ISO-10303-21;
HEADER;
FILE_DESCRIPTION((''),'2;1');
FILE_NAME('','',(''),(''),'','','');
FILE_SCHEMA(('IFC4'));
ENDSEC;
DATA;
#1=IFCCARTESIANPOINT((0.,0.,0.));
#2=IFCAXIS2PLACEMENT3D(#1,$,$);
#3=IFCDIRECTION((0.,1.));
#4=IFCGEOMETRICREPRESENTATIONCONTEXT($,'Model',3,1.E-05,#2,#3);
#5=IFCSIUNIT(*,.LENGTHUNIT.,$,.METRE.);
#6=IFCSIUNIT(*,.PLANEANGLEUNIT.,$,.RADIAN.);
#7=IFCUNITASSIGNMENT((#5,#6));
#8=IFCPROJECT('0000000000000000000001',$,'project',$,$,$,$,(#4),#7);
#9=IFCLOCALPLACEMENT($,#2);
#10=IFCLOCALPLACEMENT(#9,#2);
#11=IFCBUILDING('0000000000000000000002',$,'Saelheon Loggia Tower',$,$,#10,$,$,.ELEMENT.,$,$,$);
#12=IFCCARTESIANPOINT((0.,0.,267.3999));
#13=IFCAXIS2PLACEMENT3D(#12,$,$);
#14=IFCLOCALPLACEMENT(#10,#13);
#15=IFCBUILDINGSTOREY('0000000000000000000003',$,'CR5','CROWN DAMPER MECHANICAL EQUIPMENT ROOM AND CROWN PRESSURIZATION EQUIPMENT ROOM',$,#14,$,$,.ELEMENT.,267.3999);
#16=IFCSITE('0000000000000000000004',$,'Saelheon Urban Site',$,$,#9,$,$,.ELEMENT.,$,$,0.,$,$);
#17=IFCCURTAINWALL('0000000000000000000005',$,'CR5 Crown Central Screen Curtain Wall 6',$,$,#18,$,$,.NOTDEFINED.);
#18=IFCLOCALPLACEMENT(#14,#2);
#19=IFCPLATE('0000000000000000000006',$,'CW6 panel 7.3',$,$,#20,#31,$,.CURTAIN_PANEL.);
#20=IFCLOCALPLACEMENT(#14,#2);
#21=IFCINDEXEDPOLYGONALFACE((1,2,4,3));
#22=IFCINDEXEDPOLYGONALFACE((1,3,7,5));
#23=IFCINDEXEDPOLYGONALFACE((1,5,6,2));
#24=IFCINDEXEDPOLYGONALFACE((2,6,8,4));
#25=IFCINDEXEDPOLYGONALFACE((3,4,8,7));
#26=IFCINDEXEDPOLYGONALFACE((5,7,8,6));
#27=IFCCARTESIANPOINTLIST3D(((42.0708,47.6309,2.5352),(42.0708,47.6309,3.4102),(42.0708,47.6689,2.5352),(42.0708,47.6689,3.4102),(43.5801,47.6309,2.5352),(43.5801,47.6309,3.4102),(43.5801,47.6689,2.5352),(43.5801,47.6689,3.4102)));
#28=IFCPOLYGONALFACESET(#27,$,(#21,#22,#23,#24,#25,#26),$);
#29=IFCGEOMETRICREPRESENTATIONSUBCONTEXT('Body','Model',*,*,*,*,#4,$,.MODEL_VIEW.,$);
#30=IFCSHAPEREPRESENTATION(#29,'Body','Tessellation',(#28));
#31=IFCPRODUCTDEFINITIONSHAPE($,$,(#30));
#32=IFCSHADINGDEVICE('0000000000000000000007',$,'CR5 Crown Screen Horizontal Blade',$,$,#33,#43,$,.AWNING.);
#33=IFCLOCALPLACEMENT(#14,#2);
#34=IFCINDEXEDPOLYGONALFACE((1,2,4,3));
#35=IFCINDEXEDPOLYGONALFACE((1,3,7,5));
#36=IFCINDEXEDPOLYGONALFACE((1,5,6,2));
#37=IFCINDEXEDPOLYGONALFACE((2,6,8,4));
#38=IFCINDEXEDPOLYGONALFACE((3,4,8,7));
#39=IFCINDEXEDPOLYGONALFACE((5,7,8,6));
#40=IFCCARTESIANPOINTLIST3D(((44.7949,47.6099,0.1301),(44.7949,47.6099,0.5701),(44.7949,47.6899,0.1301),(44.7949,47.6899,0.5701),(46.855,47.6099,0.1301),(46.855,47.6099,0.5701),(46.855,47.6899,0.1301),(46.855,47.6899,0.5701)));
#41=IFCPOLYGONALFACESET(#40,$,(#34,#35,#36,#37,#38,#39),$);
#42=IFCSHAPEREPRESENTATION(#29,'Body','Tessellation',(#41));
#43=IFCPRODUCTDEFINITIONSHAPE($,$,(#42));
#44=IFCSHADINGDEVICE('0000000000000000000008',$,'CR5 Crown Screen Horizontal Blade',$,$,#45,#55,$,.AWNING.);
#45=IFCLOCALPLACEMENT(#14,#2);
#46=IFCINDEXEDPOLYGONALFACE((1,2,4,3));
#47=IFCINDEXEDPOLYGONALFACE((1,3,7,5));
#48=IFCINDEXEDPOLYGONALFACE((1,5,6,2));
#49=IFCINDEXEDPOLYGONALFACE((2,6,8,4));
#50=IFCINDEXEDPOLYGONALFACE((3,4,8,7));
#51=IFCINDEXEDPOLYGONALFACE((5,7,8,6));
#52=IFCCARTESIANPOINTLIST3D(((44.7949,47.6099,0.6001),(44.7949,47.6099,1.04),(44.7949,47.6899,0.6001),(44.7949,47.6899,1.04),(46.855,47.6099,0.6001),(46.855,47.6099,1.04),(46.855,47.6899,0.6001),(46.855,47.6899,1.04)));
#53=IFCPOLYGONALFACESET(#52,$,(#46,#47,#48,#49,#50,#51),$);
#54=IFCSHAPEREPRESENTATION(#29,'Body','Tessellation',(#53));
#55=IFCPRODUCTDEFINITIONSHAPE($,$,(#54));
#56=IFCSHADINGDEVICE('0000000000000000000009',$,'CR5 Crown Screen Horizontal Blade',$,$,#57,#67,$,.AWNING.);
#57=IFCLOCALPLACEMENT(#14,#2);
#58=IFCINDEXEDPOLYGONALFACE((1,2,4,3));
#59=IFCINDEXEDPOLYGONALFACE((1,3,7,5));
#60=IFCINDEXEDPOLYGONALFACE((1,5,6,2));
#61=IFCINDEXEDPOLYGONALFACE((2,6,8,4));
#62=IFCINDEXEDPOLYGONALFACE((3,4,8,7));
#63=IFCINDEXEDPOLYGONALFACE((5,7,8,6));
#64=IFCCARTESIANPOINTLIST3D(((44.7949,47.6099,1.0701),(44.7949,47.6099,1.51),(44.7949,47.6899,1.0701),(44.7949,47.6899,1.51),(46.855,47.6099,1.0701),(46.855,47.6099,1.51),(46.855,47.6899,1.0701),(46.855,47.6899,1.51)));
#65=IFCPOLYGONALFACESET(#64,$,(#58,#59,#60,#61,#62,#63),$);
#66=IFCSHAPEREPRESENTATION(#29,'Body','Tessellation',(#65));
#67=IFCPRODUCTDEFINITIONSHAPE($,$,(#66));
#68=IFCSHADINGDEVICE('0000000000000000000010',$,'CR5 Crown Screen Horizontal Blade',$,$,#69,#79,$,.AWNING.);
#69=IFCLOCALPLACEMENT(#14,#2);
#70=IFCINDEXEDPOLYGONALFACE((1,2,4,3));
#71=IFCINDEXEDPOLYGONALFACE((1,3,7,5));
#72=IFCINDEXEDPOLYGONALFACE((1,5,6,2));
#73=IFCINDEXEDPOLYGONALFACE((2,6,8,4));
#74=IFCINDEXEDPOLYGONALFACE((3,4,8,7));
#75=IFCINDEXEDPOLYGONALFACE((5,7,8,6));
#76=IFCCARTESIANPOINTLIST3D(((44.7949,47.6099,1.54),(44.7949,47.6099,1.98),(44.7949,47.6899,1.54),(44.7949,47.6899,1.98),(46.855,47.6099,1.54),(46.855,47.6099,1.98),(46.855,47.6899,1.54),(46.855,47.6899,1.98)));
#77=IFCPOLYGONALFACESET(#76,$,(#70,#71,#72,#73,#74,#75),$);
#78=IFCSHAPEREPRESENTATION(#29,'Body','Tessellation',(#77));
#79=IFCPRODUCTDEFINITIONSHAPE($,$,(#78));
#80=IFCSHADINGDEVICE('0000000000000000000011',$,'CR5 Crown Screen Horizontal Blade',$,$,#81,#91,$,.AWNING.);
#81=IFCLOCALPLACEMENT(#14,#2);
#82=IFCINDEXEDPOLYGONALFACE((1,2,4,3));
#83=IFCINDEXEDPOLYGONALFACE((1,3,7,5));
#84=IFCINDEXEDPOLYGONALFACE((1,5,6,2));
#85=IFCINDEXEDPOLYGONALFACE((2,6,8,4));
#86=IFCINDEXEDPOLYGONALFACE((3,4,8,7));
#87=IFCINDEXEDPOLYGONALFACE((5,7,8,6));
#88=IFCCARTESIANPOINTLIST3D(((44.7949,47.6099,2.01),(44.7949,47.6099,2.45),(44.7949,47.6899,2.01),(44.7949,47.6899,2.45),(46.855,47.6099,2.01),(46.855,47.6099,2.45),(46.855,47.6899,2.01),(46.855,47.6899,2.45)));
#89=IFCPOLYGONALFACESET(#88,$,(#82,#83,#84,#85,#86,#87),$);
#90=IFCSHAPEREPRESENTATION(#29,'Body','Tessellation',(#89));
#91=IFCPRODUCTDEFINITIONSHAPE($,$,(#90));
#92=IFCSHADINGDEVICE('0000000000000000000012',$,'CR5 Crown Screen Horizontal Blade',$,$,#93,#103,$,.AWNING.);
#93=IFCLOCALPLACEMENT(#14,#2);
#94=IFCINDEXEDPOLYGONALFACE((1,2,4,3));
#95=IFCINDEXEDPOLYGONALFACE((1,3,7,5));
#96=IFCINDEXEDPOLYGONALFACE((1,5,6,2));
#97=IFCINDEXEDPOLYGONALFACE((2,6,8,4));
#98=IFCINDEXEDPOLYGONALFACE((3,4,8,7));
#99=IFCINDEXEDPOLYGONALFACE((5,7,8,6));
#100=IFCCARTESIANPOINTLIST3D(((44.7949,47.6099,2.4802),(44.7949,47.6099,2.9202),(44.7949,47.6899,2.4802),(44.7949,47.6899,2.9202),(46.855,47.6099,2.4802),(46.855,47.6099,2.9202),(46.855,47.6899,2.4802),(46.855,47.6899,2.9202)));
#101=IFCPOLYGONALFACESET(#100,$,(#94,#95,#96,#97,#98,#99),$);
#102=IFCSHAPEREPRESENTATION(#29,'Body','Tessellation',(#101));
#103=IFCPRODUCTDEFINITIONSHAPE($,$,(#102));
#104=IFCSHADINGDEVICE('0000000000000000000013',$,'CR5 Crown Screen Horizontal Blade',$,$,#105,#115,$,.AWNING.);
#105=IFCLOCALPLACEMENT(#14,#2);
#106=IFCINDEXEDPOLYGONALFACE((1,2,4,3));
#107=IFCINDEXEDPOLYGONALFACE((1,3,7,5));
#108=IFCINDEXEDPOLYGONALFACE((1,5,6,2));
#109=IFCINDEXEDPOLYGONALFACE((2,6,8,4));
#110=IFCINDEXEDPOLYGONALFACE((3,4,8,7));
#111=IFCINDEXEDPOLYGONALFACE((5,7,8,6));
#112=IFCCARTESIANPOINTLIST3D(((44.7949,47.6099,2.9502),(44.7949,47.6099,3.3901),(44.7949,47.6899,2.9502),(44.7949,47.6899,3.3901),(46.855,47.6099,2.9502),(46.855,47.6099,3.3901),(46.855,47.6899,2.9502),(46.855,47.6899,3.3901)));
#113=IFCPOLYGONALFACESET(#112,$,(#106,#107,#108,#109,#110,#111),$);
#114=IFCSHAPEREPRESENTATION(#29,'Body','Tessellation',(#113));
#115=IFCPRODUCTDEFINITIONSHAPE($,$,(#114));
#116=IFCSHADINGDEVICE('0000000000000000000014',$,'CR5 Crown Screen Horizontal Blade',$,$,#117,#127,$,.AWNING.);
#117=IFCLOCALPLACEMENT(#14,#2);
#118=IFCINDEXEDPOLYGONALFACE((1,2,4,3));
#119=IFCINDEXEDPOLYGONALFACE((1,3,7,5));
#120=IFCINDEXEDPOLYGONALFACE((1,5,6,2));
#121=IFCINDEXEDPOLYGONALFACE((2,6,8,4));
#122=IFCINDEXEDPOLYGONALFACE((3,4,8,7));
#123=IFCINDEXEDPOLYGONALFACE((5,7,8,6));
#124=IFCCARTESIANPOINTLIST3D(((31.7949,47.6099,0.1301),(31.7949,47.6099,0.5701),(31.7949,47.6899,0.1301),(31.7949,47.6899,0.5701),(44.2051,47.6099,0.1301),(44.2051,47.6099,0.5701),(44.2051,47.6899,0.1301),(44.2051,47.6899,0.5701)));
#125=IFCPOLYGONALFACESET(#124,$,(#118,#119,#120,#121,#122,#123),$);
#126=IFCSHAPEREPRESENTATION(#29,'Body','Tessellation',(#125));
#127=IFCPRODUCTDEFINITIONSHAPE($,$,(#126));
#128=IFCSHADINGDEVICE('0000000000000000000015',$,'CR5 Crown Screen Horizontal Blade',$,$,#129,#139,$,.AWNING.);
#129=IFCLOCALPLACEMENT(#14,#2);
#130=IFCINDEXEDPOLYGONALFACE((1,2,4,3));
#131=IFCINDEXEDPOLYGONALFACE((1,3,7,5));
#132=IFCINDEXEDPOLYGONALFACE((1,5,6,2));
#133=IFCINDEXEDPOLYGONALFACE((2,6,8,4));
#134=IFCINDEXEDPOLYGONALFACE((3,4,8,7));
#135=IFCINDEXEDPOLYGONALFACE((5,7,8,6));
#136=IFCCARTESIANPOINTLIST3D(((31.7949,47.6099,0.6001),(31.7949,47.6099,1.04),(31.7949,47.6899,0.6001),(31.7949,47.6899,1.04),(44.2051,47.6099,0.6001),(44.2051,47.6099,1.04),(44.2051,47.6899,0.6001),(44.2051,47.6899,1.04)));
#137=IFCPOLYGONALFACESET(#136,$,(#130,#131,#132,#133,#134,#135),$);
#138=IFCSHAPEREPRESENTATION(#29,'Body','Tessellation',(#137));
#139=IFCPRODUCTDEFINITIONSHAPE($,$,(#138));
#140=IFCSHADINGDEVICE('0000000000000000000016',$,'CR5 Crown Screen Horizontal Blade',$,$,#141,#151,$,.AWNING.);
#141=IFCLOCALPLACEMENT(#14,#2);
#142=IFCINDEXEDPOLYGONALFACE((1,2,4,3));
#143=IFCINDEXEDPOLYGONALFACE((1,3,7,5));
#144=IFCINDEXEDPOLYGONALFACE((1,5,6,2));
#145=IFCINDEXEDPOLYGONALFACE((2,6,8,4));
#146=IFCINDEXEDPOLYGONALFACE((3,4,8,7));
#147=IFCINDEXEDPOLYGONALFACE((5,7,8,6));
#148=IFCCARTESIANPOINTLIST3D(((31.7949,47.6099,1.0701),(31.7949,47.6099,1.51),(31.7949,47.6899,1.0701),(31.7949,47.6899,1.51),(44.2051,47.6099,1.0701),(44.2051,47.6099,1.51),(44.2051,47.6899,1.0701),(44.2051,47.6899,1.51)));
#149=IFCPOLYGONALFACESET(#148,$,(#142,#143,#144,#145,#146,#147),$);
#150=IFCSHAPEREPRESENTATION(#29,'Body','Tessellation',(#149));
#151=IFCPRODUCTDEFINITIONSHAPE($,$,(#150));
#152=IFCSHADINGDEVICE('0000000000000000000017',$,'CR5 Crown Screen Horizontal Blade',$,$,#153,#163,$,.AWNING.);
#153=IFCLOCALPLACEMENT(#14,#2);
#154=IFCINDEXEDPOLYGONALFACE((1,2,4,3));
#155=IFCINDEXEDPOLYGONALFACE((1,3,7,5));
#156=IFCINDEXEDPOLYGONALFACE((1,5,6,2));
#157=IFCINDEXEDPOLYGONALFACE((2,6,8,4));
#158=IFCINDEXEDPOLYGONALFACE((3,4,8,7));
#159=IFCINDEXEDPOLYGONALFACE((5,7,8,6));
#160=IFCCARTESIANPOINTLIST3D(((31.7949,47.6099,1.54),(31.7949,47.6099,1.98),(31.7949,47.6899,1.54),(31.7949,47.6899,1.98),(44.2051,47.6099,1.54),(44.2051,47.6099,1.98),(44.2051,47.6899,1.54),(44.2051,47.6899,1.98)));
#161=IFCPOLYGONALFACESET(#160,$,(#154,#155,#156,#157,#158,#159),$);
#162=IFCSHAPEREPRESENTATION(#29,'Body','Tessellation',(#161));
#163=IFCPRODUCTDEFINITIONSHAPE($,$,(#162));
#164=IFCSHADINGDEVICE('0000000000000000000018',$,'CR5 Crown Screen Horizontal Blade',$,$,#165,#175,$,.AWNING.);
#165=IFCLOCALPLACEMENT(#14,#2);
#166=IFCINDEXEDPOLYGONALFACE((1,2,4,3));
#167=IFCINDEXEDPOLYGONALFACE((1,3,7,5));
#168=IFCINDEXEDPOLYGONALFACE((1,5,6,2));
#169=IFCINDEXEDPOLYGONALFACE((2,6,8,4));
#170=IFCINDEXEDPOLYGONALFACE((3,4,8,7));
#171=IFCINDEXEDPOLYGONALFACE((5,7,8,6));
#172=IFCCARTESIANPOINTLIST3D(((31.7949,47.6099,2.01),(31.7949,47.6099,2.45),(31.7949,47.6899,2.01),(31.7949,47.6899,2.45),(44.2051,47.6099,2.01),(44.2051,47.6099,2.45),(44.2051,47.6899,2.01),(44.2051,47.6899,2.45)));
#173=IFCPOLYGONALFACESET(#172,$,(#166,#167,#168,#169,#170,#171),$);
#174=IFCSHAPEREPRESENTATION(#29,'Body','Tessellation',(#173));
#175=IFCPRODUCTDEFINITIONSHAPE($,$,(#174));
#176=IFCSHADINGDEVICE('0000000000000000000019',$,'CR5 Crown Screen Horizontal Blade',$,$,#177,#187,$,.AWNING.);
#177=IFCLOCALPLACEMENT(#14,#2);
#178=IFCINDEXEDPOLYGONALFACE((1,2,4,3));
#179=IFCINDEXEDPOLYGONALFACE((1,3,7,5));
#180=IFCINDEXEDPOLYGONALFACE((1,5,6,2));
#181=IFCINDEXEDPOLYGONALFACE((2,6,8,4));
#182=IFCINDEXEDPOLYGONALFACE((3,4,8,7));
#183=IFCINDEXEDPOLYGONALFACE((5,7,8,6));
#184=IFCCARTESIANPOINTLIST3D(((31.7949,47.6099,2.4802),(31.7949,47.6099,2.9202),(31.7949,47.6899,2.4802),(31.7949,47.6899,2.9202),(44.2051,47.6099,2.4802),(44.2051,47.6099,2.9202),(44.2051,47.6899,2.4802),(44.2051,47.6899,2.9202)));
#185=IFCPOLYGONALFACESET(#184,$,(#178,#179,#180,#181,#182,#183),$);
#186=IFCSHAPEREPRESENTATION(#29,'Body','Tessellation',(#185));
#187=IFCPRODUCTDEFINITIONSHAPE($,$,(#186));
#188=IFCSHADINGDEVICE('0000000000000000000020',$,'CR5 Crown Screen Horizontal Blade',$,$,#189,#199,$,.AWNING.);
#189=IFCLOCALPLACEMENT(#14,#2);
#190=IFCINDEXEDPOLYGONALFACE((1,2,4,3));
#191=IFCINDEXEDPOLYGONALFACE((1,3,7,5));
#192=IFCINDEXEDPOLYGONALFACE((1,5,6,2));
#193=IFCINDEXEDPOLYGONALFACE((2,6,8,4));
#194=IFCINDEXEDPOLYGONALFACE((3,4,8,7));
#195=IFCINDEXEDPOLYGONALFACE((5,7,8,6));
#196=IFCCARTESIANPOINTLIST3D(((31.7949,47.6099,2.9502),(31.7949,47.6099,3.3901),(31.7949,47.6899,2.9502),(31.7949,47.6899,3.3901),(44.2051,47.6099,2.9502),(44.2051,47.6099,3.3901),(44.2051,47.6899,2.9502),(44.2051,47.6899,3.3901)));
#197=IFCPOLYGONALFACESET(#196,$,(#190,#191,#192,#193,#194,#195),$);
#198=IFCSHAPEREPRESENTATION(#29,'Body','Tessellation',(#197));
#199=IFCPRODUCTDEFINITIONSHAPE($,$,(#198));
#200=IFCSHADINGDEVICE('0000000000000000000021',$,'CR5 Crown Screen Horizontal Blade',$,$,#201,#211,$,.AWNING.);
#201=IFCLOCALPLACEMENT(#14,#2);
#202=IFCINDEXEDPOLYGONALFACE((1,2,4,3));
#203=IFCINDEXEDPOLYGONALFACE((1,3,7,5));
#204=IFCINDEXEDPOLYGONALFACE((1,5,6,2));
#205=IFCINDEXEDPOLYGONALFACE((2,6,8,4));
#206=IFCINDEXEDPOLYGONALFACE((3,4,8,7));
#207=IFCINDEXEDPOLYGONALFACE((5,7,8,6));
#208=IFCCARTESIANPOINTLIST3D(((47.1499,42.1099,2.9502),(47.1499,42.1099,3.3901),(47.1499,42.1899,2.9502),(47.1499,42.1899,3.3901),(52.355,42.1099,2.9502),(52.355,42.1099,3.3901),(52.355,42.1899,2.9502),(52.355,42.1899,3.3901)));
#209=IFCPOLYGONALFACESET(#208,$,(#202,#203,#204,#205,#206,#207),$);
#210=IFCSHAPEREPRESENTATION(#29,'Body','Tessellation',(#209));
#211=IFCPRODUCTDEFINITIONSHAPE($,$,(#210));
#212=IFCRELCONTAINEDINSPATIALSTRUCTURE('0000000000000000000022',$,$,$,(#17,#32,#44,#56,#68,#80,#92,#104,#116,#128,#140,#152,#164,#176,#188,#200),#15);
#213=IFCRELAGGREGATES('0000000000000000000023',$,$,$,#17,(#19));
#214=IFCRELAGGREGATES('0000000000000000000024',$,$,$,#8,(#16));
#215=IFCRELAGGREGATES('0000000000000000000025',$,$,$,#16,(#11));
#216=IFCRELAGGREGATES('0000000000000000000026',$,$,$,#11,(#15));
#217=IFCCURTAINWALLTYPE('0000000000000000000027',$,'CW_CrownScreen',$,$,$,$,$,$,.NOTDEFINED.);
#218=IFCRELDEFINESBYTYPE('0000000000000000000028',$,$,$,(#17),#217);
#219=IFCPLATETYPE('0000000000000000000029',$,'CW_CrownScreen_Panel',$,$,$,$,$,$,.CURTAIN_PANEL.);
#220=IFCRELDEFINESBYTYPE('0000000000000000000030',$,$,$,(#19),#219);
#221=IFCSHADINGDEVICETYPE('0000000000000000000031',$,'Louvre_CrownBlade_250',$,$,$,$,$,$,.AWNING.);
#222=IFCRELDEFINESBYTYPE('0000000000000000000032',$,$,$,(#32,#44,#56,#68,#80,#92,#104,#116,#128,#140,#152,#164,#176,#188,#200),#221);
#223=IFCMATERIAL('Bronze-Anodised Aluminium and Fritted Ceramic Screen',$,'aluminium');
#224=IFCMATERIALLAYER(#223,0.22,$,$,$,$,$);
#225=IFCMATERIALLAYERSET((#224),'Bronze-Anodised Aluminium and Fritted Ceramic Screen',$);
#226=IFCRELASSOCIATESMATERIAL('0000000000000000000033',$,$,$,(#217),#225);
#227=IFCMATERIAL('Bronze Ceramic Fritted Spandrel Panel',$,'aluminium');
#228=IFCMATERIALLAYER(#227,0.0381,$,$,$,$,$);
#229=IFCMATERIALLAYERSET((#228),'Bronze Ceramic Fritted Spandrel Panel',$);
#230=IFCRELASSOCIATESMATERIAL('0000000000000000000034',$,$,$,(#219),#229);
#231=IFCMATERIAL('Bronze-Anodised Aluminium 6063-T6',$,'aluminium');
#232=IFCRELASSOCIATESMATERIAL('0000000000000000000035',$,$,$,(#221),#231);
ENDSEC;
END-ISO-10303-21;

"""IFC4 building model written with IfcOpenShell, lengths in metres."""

from ifc_helpers import new_model, si_unit, direction, frame, origin, origin_2d, place, context, subcontext, project, spatial, rectangle, extrude, source, transform, mapped, material, layer, layer_set, material_profile, profile_set, type_object, element, aggregate, save


model = new_model("IFC4")

# Units and contexts
model_context = context("Model", 3, precision=1e-05, world=origin(), true_north=direction((0.0, 1.0)))
body_context = subcontext(model_context, "Body", "Model", "MODEL_VIEW")
ifc_project = project(units=[si_unit("LENGTHUNIT", "METRE"), si_unit("PLANEANGLEUNIT", "RADIAN")], contexts=[model_context])

# Site, building, storey
site_placement = place(None, origin())
site = spatial("IfcSite", under=ifc_project, at=site_placement, Name="Saelheon Urban Site", CompositionType="ELEMENT", RefElevation=0.0)
building_placement = place(site_placement, origin())
building = spatial("IfcBuilding", under=site, at=building_placement, Name="Saelheon Loggia Tower", CompositionType="ELEMENT")
storey_placement = place(building_placement, frame((0.0, 0.0, 267.3999)))
storey = spatial("IfcBuildingStorey", under=building, at=storey_placement, Name="CR5", Description="CROWN DAMPER MECHANICAL EQUIPMENT ROOM AND CROWN PRESSURIZATION EQUIPMENT ROOM", CompositionType="ELEMENT", Elevation=267.3999)

# Curtain wall, plate
ifc_material_1 = material(Name="Bronze-Anodised Aluminium and Fritted Ceramic Screen", Category="aluminium")
ifc_layer_1 = layer(ifc_material_1, 0.22)
ifc_layer_set_1 = layer_set([ifc_layer_1], Name="Bronze-Anodised Aluminium and Fritted Ceramic Screen")
curtain_wall_type = type_object("IfcCurtainWallType", Name="CW_CrownScreen", PredefinedType="NOTDEFINED", material=ifc_layer_set_1)
curtain_wall_placement = place(storey_placement, origin())
curtain_wall = element("IfcCurtainWall", 1, at=curtain_wall_placement, inside=storey, type_object=curtain_wall_type, Name="CR5 Crown Central Screen Curtain Wall 6", PredefinedType="NOTDEFINED")
ifc_material_2 = material(Name="Bronze-Anodised Aluminium 6063-T6", Category="aluminium")
ifc_material_3 = material(Name="Bronze Ceramic Fritted Spandrel Panel", Category="aluminium")
ifc_layer_2 = layer(ifc_material_3, 0.0381)
ifc_layer_set_2 = layer_set([ifc_layer_2], Name="Bronze Ceramic Fritted Spandrel Panel")
plate_type = type_object("IfcPlateType", Name="CW_CrownScreen_Panel", PredefinedType="CURTAIN_PANEL", material=ifc_layer_set_2)
shared_shape_1 = source(origin(), body_context, "Body", "SweptSolid", [
    extrude(rectangle(XDim=1.5093, YDim=0.0381, at=origin_2d()), origin(), (0.0, 0.0, 1.0), 0.875),
])
plate_1_placement = place(storey_placement, frame((42.8254, 47.6499, 2.5352), z_axis=(0.0, 0.0, 1.0), x_axis=(1.0, 0.0, 0.0)))
plate_1 = element("IfcPlate", 2, at=plate_1_placement, type_object=plate_type, Name="CW6 panel 7.3", PredefinedType="CURTAIN_PANEL", context=body_context, shape_type="MappedRepresentation", body=[
    mapped(shared_shape_1, transform((0.0, 0.0, 0.0), scale=1.0)),
])
aggregate(curtain_wall, [plate_1])

# Shading devices
ifc_material_profile_1 = material_profile(ifc_material_2, rectangle(XDim=0.0801, YDim=0.4399, at=origin_2d()), Name="Louvre_CrownBlade_250")
ifc_profile_set_1 = profile_set([ifc_material_profile_1], Name="Bronze-Anodised Aluminium 6063-T6")
shading_device_type = type_object("IfcShadingDeviceType", Name="Louvre_CrownBlade_250", PredefinedType="AWNING", material=ifc_profile_set_1)
shared_shape_2 = source(origin(), body_context, "Body", "SweptSolid", [
    extrude(rectangle(XDim=0.0801, YDim=0.4399, at=origin_2d()), origin(), (0.0, 0.0, 1.0), 2.0601),
])
for number, where, z_axis, x_axis, name in (
    (3, (46.855, 47.6499, 0.3501), (-1.0, 0.0, 0.0), (0.0, -1.0, 0.0), "CR5 Crown Screen Horizontal Blade"),
    (4, (46.855, 47.6499, 0.8201), (-1.0, 0.0, 0.0), (0.0, -1.0, 0.0), "CR5 Crown Screen Horizontal Blade"),
    (5, (46.855, 47.6499, 1.29), (-1.0, 0.0, 0.0), (0.0, -1.0, 0.0), "CR5 Crown Screen Horizontal Blade"),
    (6, (46.855, 47.6499, 1.76), (-1.0, 0.0, 0.0), (0.0, -1.0, 0.0), "CR5 Crown Screen Horizontal Blade"),
    (7, (46.855, 47.6499, 2.23), (-1.0, 0.0, 0.0), (0.0, -1.0, 0.0), "CR5 Crown Screen Horizontal Blade"),
    (8, (46.855, 47.6499, 2.7002), (-1.0, 0.0, 0.0), (0.0, -1.0, 0.0), "CR5 Crown Screen Horizontal Blade"),
    (9, (46.855, 47.6499, 3.1702), (-1.0, 0.0, 0.0), (0.0, -1.0, 0.0), "CR5 Crown Screen Horizontal Blade"),
):
    element("IfcShadingDevice", number, at=place(storey_placement, frame(where, z_axis=z_axis, x_axis=x_axis)), inside=storey, type_object=shading_device_type, Name=name, PredefinedType="AWNING", context=body_context, shape_type="MappedRepresentation", body=[
        mapped(shared_shape_2, transform((0.0, 0.0, 0.0), scale=1.0)),
    ])
shared_shape_3 = source(origin(), body_context, "Body", "SweptSolid", [
    extrude(rectangle(XDim=0.0801, YDim=0.4399, at=origin_2d()), origin(), (0.0, 0.0, 1.0), 12.4102),
])
for number, where, z_axis, x_axis, name in (
    (10, (44.2051, 47.6499, 0.3501), (-1.0, 0.0, 0.0), (0.0, -1.0, 0.0), "CR5 Crown Screen Horizontal Blade"),
    (11, (44.2051, 47.6499, 0.8201), (-1.0, 0.0, 0.0), (0.0, -1.0, 0.0), "CR5 Crown Screen Horizontal Blade"),
    (12, (44.2051, 47.6499, 1.29), (-1.0, 0.0, 0.0), (0.0, -1.0, 0.0), "CR5 Crown Screen Horizontal Blade"),
    (13, (44.2051, 47.6499, 1.76), (-1.0, 0.0, 0.0), (0.0, -1.0, 0.0), "CR5 Crown Screen Horizontal Blade"),
    (14, (44.2051, 47.6499, 2.23), (-1.0, 0.0, 0.0), (0.0, -1.0, 0.0), "CR5 Crown Screen Horizontal Blade"),
    (15, (44.2051, 47.6499, 2.7002), (-1.0, 0.0, 0.0), (0.0, -1.0, 0.0), "CR5 Crown Screen Horizontal Blade"),
    (16, (44.2051, 47.6499, 3.1702), (-1.0, 0.0, 0.0), (0.0, -1.0, 0.0), "CR5 Crown Screen Horizontal Blade"),
):
    element("IfcShadingDevice", number, at=place(storey_placement, frame(where, z_axis=z_axis, x_axis=x_axis)), inside=storey, type_object=shading_device_type, Name=name, PredefinedType="AWNING", context=body_context, shape_type="MappedRepresentation", body=[
        mapped(shared_shape_3, transform((0.0, 0.0, 0.0), scale=1.0)),
    ])
shared_shape_4 = source(origin(), body_context, "Body", "SweptSolid", [
    extrude(rectangle(XDim=0.0801, YDim=0.4399, at=origin_2d()), origin(), (0.0, 0.0, 1.0), 5.2051),
])
shading_device_placement = place(storey_placement, frame((52.355, 42.1499, 3.1702), z_axis=(-1.0, 0.0, 0.0), x_axis=(0.0, -1.0, 0.0)))
element("IfcShadingDevice", 17, at=shading_device_placement, inside=storey, type_object=shading_device_type, Name="CR5 Crown Screen Horizontal Blade", PredefinedType="AWNING", context=body_context, shape_type="MappedRepresentation", body=[
    mapped(shared_shape_4, transform((0.0, 0.0, 0.0), scale=1.0)),
])

save(model, "model.ifc")
